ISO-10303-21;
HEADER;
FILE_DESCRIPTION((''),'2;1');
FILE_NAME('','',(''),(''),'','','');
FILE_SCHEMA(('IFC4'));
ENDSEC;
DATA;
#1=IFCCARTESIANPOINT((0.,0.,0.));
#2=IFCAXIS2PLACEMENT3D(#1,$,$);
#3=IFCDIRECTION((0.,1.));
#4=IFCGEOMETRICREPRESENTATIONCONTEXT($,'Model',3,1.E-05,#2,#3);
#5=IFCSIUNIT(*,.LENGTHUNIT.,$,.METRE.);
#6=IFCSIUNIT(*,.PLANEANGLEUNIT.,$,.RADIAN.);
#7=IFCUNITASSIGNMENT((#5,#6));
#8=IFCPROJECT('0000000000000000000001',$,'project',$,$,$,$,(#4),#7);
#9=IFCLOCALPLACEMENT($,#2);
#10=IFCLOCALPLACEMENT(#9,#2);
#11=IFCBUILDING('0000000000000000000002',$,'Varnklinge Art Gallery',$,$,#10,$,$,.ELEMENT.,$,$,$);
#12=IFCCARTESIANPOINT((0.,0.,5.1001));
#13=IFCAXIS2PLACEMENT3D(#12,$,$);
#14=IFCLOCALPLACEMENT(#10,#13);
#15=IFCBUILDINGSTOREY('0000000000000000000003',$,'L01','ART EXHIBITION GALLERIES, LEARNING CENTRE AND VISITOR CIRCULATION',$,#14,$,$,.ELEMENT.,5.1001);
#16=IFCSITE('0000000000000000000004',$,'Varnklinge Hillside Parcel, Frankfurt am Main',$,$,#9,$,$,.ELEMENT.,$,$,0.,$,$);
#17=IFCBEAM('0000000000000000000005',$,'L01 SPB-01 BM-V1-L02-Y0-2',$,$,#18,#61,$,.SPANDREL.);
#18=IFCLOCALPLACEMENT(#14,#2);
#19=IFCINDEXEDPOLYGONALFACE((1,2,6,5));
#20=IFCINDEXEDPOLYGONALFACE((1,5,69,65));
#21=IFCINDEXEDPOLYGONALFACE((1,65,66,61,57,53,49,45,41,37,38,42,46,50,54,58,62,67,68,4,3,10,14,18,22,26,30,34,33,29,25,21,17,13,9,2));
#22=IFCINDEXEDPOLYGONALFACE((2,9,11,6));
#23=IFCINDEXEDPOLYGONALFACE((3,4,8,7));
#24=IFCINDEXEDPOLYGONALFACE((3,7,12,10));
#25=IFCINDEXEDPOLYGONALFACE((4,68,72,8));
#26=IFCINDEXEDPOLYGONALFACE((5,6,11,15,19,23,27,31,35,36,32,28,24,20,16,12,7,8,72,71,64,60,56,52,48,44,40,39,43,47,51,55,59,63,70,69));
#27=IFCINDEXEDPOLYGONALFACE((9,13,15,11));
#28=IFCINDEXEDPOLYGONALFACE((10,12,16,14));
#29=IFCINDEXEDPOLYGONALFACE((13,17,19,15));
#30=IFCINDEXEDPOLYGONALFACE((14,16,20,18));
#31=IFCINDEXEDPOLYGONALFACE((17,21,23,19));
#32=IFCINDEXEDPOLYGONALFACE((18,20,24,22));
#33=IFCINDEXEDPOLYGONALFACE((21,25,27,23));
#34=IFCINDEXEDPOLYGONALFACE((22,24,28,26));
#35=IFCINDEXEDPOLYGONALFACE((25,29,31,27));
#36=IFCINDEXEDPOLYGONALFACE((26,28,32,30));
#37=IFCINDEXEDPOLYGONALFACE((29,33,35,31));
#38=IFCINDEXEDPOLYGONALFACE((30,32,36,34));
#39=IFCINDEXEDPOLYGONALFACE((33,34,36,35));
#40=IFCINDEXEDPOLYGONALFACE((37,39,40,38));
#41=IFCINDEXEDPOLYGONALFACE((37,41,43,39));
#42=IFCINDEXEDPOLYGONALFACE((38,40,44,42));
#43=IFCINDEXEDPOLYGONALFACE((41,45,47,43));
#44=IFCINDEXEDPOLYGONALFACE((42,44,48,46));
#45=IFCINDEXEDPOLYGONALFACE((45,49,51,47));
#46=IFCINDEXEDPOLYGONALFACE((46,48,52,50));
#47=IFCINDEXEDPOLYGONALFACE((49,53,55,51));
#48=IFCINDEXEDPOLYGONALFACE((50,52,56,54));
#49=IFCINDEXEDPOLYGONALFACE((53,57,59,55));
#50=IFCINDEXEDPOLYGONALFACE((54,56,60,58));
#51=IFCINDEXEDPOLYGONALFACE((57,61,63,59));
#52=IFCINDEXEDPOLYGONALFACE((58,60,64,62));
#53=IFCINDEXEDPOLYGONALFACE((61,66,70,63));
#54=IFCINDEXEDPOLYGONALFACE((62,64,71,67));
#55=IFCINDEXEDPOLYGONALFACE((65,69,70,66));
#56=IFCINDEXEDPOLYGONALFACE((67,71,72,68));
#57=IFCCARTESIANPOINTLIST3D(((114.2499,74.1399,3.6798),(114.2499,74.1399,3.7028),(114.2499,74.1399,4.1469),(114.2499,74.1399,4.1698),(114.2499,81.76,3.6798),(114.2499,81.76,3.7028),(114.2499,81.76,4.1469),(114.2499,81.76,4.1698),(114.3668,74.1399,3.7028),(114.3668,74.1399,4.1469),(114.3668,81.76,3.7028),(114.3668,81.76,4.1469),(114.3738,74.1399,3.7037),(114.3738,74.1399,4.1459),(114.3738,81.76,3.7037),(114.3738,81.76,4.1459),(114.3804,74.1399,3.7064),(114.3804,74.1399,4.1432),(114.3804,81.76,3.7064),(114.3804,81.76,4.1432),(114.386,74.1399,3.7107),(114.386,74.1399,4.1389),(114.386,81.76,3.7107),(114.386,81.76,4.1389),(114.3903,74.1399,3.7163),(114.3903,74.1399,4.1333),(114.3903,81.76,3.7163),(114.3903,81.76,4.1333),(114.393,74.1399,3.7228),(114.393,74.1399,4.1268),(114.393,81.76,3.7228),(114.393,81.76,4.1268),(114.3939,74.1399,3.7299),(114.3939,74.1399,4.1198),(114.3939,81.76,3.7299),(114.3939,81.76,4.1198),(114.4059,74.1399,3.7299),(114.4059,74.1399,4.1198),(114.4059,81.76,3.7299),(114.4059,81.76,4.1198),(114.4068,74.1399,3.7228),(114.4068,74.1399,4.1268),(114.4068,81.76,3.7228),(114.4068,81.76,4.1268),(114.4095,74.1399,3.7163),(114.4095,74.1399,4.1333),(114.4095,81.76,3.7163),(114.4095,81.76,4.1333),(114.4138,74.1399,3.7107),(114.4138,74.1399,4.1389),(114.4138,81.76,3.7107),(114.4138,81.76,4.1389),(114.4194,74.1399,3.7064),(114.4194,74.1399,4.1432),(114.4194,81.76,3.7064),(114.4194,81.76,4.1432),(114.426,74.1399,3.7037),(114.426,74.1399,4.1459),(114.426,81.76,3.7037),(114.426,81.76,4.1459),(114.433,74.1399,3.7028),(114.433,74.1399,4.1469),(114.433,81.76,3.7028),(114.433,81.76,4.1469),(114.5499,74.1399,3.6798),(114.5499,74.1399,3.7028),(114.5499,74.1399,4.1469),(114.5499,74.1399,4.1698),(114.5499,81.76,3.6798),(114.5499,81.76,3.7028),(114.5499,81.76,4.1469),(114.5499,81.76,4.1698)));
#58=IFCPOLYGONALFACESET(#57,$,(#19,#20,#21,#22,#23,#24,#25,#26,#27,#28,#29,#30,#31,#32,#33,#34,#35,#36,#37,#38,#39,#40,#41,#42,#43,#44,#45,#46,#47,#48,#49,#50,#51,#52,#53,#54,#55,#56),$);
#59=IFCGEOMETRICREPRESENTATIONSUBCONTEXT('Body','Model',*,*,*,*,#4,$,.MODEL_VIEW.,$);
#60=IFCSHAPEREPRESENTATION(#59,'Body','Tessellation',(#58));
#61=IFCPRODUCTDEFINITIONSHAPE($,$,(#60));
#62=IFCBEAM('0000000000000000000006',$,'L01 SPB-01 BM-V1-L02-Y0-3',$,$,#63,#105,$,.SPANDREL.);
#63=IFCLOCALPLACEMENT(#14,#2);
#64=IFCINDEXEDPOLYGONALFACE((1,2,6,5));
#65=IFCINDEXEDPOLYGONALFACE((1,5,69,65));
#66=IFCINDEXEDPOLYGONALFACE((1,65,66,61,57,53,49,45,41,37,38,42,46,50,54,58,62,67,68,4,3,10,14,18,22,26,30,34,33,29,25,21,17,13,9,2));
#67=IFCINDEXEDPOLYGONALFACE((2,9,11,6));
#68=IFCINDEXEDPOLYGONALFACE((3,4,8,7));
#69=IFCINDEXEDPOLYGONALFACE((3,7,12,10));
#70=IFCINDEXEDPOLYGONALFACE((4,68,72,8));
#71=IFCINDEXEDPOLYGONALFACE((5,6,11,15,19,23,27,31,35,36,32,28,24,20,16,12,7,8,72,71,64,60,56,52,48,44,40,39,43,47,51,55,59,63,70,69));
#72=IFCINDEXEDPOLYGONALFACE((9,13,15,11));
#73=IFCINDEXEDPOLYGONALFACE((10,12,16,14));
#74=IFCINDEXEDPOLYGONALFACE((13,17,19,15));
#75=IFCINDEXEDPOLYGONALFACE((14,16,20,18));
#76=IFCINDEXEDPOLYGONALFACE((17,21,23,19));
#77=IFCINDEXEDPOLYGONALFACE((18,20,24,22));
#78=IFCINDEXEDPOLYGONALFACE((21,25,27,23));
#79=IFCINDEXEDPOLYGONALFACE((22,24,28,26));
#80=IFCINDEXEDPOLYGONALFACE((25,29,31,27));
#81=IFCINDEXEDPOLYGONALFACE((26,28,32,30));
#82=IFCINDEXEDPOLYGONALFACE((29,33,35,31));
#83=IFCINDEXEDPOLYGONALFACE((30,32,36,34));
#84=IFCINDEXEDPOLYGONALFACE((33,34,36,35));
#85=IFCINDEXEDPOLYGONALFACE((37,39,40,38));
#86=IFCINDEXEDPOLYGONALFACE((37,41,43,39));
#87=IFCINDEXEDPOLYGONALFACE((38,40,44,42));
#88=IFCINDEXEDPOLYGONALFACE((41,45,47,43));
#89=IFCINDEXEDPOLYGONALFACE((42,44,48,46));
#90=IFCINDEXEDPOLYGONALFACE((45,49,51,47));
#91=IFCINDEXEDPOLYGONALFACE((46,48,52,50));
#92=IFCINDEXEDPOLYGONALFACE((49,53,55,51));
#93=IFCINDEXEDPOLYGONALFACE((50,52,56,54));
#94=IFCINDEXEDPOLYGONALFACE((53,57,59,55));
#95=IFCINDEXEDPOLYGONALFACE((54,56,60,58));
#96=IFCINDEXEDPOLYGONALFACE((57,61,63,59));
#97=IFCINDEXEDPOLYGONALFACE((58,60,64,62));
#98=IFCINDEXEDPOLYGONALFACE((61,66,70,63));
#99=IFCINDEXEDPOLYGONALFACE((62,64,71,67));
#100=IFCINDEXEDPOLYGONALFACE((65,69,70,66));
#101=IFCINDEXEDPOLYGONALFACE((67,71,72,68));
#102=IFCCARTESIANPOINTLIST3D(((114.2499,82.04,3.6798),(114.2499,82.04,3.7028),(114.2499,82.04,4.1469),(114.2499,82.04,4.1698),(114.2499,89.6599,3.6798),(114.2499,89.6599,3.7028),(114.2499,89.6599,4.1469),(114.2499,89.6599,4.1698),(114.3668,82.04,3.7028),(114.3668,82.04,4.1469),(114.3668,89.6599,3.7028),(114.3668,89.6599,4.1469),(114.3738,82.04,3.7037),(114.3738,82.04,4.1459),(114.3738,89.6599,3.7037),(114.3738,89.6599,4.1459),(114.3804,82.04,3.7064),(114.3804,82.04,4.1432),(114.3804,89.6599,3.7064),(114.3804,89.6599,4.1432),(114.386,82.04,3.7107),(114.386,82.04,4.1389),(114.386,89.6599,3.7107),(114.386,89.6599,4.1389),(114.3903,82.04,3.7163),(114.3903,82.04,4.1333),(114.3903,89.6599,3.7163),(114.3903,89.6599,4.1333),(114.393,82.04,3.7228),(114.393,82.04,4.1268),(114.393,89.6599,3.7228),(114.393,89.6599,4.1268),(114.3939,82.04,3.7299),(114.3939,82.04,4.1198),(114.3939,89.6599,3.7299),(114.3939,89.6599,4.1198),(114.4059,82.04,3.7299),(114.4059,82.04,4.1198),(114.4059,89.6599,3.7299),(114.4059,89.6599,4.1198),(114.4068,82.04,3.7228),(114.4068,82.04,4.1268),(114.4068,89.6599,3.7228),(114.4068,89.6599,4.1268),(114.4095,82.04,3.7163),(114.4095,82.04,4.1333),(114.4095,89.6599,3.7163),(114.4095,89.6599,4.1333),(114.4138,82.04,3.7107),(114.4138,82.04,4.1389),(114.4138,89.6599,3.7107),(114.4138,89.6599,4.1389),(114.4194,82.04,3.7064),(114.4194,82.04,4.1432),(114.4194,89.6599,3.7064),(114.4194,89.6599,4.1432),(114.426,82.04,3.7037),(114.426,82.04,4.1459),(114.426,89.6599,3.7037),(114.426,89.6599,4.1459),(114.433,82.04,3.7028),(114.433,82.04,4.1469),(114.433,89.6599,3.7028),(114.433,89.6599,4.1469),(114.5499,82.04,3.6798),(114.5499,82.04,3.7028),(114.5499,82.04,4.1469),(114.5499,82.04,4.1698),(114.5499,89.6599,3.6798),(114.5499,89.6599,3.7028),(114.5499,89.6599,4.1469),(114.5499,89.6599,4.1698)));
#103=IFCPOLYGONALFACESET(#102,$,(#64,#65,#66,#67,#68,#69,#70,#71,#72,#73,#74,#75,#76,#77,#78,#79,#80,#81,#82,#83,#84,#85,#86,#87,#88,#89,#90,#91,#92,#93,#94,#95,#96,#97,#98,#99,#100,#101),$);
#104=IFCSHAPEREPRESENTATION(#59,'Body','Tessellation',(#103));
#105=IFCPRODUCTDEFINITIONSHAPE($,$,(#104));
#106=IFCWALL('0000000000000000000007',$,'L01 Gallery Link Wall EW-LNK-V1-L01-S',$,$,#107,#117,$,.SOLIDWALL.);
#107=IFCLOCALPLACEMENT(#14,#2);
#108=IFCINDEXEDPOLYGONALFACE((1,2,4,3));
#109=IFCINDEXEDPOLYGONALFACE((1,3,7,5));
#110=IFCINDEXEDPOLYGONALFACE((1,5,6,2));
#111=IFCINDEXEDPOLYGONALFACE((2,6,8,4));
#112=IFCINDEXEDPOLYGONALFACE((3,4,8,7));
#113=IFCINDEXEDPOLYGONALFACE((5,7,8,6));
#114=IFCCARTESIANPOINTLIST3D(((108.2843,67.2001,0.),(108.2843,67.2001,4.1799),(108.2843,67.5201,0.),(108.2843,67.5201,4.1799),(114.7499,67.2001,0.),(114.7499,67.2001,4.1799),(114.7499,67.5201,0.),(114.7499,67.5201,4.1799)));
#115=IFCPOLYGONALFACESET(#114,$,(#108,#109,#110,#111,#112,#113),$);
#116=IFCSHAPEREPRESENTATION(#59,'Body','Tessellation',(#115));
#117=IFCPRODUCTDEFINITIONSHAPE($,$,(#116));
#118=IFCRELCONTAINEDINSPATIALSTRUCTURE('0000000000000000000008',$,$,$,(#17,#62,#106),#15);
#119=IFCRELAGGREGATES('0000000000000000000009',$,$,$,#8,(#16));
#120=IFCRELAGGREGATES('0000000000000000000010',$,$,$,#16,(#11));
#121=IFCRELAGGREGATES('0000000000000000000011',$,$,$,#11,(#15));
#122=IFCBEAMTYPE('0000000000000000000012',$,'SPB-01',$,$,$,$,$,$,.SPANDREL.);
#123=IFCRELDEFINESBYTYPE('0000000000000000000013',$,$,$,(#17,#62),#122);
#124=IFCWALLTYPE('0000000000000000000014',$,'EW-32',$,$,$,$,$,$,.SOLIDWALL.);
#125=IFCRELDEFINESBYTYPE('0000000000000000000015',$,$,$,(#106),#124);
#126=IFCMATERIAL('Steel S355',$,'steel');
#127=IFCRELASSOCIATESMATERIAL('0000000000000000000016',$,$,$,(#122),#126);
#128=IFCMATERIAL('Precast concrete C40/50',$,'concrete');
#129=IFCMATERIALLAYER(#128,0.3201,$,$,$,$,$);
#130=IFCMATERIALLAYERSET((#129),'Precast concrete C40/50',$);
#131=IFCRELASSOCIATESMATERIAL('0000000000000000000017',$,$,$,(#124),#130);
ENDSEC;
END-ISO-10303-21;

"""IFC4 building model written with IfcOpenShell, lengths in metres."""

from ifc_helpers import new_model, si_unit, direction, frame, frame_2d, origin, origin_2d, place, context, subcontext, project, spatial, rectangle, i_section, extrude, material, layer, layer_set, material_profile, profile_set, type_object, element, save


model = new_model("IFC4")

# Units and contexts
model_context = context("Model", 3, precision=1e-05, world=origin(), true_north=direction((0.0, 1.0)))
body_context = subcontext(model_context, "Body", "Model", "MODEL_VIEW")
ifc_project = project(units=[si_unit("LENGTHUNIT", "METRE"), si_unit("PLANEANGLEUNIT", "RADIAN")], contexts=[model_context])

# Site, building, storey
site_placement = place(None, origin())
site = spatial("IfcSite", under=ifc_project, at=site_placement, Name="Varnklinge Hillside Parcel, Frankfurt am Main", CompositionType="ELEMENT", RefElevation=0.0)
building_placement = place(site_placement, origin())
building = spatial("IfcBuilding", under=site, at=building_placement, Name="Varnklinge Art Gallery", CompositionType="ELEMENT")
storey_placement = place(building_placement, frame((0.0, 0.0, 5.1001)))
storey = spatial("IfcBuildingStorey", under=building, at=storey_placement, Name="L01", Description="ART EXHIBITION GALLERIES, LEARNING CENTRE AND VISITOR CIRCULATION", CompositionType="ELEMENT", Elevation=5.1001)

# Beams
ifc_material_1 = material(Name="Steel S355", Category="steel")
ifc_material_profile_1 = material_profile(ifc_material_1, i_section(OverallWidth=0.3, OverallDepth=0.49, WebThickness=0.012, FlangeThickness=0.0229, FilletRadius=0.0271, at=origin_2d()), Name="HEA 500")
ifc_profile_set_1 = profile_set([ifc_material_profile_1], Name="Steel S355")
beam_type_1 = type_object("IfcBeamType", Name="SPB-01", PredefinedType="SPANDREL", material=ifc_profile_set_1)
for number, where, z_axis, x_axis, name in (
    (1, (114.3999, 74.1399, 3.9248), (0.0, 1.0, 0.0), (-1.0, 0.0, 0.0), "L01 SPB-01 BM-V1-L02-Y0-2"),
):
    element("IfcBeam", number, at=place(storey_placement, frame(where, z_axis=z_axis, x_axis=x_axis)), inside=storey, type_object=beam_type_1, Name=name, PredefinedType="SPANDREL", context=body_context, shape_type="SweptSolid", body=[
        extrude(i_section(OverallWidth=0.3, OverallDepth=0.49, WebThickness=0.012, FlangeThickness=0.0229, FilletRadius=0.0271, at=origin_2d()), origin(), (0.0, 0.0, 1.0), 7.6201),
    ])
beam_1_placement = place(storey_placement, frame((114.3999, 82.04, 3.9248), z_axis=(0.0, 1.0, 0.0), x_axis=(-1.0, 0.0, 0.0)))
element("IfcBeam", 2, at=beam_1_placement, inside=storey, type_object=beam_type_1, Name="L01 SPB-01 BM-V1-L02-Y0-3", PredefinedType="SPANDREL", context=body_context, shape_type="SweptSolid", body=[
    extrude(i_section(OverallWidth=0.3, OverallDepth=0.49, WebThickness=0.012, FlangeThickness=0.0229, FilletRadius=0.0271, at=origin_2d()), origin(), (0.0, 0.0, 1.0), 7.6199),
])

# Wall
ifc_material_2 = material(Name="Precast concrete C40/50", Category="concrete")
ifc_layer_1 = layer(ifc_material_2, 0.3201)
ifc_layer_set_1 = layer_set([ifc_layer_1], Name="Precast concrete C40/50")
wall_type_1 = type_object("IfcWallType", Name="EW-32", PredefinedType="SOLIDWALL", material=ifc_layer_set_1)
wall_1_placement = place(storey_placement, frame((114.75, 67.3601, 0.0), z_axis=(0.0, 0.0, 1.0), x_axis=(-1.0, 0.0, 0.0)))
element("IfcWall", 3, at=wall_1_placement, inside=storey, type_object=wall_type_1, Name="L01 Gallery Link Wall EW-LNK-V1-L01-S", PredefinedType="SOLIDWALL", context=body_context, shape_type="SweptSolid", body=[
    extrude(rectangle(XDim=6.4656, YDim=0.3201, at=frame_2d((3.2329, 0.0))), origin(), (0.0, 0.0, 1.0), 4.1799),
])

save(model, "model.ifc")
